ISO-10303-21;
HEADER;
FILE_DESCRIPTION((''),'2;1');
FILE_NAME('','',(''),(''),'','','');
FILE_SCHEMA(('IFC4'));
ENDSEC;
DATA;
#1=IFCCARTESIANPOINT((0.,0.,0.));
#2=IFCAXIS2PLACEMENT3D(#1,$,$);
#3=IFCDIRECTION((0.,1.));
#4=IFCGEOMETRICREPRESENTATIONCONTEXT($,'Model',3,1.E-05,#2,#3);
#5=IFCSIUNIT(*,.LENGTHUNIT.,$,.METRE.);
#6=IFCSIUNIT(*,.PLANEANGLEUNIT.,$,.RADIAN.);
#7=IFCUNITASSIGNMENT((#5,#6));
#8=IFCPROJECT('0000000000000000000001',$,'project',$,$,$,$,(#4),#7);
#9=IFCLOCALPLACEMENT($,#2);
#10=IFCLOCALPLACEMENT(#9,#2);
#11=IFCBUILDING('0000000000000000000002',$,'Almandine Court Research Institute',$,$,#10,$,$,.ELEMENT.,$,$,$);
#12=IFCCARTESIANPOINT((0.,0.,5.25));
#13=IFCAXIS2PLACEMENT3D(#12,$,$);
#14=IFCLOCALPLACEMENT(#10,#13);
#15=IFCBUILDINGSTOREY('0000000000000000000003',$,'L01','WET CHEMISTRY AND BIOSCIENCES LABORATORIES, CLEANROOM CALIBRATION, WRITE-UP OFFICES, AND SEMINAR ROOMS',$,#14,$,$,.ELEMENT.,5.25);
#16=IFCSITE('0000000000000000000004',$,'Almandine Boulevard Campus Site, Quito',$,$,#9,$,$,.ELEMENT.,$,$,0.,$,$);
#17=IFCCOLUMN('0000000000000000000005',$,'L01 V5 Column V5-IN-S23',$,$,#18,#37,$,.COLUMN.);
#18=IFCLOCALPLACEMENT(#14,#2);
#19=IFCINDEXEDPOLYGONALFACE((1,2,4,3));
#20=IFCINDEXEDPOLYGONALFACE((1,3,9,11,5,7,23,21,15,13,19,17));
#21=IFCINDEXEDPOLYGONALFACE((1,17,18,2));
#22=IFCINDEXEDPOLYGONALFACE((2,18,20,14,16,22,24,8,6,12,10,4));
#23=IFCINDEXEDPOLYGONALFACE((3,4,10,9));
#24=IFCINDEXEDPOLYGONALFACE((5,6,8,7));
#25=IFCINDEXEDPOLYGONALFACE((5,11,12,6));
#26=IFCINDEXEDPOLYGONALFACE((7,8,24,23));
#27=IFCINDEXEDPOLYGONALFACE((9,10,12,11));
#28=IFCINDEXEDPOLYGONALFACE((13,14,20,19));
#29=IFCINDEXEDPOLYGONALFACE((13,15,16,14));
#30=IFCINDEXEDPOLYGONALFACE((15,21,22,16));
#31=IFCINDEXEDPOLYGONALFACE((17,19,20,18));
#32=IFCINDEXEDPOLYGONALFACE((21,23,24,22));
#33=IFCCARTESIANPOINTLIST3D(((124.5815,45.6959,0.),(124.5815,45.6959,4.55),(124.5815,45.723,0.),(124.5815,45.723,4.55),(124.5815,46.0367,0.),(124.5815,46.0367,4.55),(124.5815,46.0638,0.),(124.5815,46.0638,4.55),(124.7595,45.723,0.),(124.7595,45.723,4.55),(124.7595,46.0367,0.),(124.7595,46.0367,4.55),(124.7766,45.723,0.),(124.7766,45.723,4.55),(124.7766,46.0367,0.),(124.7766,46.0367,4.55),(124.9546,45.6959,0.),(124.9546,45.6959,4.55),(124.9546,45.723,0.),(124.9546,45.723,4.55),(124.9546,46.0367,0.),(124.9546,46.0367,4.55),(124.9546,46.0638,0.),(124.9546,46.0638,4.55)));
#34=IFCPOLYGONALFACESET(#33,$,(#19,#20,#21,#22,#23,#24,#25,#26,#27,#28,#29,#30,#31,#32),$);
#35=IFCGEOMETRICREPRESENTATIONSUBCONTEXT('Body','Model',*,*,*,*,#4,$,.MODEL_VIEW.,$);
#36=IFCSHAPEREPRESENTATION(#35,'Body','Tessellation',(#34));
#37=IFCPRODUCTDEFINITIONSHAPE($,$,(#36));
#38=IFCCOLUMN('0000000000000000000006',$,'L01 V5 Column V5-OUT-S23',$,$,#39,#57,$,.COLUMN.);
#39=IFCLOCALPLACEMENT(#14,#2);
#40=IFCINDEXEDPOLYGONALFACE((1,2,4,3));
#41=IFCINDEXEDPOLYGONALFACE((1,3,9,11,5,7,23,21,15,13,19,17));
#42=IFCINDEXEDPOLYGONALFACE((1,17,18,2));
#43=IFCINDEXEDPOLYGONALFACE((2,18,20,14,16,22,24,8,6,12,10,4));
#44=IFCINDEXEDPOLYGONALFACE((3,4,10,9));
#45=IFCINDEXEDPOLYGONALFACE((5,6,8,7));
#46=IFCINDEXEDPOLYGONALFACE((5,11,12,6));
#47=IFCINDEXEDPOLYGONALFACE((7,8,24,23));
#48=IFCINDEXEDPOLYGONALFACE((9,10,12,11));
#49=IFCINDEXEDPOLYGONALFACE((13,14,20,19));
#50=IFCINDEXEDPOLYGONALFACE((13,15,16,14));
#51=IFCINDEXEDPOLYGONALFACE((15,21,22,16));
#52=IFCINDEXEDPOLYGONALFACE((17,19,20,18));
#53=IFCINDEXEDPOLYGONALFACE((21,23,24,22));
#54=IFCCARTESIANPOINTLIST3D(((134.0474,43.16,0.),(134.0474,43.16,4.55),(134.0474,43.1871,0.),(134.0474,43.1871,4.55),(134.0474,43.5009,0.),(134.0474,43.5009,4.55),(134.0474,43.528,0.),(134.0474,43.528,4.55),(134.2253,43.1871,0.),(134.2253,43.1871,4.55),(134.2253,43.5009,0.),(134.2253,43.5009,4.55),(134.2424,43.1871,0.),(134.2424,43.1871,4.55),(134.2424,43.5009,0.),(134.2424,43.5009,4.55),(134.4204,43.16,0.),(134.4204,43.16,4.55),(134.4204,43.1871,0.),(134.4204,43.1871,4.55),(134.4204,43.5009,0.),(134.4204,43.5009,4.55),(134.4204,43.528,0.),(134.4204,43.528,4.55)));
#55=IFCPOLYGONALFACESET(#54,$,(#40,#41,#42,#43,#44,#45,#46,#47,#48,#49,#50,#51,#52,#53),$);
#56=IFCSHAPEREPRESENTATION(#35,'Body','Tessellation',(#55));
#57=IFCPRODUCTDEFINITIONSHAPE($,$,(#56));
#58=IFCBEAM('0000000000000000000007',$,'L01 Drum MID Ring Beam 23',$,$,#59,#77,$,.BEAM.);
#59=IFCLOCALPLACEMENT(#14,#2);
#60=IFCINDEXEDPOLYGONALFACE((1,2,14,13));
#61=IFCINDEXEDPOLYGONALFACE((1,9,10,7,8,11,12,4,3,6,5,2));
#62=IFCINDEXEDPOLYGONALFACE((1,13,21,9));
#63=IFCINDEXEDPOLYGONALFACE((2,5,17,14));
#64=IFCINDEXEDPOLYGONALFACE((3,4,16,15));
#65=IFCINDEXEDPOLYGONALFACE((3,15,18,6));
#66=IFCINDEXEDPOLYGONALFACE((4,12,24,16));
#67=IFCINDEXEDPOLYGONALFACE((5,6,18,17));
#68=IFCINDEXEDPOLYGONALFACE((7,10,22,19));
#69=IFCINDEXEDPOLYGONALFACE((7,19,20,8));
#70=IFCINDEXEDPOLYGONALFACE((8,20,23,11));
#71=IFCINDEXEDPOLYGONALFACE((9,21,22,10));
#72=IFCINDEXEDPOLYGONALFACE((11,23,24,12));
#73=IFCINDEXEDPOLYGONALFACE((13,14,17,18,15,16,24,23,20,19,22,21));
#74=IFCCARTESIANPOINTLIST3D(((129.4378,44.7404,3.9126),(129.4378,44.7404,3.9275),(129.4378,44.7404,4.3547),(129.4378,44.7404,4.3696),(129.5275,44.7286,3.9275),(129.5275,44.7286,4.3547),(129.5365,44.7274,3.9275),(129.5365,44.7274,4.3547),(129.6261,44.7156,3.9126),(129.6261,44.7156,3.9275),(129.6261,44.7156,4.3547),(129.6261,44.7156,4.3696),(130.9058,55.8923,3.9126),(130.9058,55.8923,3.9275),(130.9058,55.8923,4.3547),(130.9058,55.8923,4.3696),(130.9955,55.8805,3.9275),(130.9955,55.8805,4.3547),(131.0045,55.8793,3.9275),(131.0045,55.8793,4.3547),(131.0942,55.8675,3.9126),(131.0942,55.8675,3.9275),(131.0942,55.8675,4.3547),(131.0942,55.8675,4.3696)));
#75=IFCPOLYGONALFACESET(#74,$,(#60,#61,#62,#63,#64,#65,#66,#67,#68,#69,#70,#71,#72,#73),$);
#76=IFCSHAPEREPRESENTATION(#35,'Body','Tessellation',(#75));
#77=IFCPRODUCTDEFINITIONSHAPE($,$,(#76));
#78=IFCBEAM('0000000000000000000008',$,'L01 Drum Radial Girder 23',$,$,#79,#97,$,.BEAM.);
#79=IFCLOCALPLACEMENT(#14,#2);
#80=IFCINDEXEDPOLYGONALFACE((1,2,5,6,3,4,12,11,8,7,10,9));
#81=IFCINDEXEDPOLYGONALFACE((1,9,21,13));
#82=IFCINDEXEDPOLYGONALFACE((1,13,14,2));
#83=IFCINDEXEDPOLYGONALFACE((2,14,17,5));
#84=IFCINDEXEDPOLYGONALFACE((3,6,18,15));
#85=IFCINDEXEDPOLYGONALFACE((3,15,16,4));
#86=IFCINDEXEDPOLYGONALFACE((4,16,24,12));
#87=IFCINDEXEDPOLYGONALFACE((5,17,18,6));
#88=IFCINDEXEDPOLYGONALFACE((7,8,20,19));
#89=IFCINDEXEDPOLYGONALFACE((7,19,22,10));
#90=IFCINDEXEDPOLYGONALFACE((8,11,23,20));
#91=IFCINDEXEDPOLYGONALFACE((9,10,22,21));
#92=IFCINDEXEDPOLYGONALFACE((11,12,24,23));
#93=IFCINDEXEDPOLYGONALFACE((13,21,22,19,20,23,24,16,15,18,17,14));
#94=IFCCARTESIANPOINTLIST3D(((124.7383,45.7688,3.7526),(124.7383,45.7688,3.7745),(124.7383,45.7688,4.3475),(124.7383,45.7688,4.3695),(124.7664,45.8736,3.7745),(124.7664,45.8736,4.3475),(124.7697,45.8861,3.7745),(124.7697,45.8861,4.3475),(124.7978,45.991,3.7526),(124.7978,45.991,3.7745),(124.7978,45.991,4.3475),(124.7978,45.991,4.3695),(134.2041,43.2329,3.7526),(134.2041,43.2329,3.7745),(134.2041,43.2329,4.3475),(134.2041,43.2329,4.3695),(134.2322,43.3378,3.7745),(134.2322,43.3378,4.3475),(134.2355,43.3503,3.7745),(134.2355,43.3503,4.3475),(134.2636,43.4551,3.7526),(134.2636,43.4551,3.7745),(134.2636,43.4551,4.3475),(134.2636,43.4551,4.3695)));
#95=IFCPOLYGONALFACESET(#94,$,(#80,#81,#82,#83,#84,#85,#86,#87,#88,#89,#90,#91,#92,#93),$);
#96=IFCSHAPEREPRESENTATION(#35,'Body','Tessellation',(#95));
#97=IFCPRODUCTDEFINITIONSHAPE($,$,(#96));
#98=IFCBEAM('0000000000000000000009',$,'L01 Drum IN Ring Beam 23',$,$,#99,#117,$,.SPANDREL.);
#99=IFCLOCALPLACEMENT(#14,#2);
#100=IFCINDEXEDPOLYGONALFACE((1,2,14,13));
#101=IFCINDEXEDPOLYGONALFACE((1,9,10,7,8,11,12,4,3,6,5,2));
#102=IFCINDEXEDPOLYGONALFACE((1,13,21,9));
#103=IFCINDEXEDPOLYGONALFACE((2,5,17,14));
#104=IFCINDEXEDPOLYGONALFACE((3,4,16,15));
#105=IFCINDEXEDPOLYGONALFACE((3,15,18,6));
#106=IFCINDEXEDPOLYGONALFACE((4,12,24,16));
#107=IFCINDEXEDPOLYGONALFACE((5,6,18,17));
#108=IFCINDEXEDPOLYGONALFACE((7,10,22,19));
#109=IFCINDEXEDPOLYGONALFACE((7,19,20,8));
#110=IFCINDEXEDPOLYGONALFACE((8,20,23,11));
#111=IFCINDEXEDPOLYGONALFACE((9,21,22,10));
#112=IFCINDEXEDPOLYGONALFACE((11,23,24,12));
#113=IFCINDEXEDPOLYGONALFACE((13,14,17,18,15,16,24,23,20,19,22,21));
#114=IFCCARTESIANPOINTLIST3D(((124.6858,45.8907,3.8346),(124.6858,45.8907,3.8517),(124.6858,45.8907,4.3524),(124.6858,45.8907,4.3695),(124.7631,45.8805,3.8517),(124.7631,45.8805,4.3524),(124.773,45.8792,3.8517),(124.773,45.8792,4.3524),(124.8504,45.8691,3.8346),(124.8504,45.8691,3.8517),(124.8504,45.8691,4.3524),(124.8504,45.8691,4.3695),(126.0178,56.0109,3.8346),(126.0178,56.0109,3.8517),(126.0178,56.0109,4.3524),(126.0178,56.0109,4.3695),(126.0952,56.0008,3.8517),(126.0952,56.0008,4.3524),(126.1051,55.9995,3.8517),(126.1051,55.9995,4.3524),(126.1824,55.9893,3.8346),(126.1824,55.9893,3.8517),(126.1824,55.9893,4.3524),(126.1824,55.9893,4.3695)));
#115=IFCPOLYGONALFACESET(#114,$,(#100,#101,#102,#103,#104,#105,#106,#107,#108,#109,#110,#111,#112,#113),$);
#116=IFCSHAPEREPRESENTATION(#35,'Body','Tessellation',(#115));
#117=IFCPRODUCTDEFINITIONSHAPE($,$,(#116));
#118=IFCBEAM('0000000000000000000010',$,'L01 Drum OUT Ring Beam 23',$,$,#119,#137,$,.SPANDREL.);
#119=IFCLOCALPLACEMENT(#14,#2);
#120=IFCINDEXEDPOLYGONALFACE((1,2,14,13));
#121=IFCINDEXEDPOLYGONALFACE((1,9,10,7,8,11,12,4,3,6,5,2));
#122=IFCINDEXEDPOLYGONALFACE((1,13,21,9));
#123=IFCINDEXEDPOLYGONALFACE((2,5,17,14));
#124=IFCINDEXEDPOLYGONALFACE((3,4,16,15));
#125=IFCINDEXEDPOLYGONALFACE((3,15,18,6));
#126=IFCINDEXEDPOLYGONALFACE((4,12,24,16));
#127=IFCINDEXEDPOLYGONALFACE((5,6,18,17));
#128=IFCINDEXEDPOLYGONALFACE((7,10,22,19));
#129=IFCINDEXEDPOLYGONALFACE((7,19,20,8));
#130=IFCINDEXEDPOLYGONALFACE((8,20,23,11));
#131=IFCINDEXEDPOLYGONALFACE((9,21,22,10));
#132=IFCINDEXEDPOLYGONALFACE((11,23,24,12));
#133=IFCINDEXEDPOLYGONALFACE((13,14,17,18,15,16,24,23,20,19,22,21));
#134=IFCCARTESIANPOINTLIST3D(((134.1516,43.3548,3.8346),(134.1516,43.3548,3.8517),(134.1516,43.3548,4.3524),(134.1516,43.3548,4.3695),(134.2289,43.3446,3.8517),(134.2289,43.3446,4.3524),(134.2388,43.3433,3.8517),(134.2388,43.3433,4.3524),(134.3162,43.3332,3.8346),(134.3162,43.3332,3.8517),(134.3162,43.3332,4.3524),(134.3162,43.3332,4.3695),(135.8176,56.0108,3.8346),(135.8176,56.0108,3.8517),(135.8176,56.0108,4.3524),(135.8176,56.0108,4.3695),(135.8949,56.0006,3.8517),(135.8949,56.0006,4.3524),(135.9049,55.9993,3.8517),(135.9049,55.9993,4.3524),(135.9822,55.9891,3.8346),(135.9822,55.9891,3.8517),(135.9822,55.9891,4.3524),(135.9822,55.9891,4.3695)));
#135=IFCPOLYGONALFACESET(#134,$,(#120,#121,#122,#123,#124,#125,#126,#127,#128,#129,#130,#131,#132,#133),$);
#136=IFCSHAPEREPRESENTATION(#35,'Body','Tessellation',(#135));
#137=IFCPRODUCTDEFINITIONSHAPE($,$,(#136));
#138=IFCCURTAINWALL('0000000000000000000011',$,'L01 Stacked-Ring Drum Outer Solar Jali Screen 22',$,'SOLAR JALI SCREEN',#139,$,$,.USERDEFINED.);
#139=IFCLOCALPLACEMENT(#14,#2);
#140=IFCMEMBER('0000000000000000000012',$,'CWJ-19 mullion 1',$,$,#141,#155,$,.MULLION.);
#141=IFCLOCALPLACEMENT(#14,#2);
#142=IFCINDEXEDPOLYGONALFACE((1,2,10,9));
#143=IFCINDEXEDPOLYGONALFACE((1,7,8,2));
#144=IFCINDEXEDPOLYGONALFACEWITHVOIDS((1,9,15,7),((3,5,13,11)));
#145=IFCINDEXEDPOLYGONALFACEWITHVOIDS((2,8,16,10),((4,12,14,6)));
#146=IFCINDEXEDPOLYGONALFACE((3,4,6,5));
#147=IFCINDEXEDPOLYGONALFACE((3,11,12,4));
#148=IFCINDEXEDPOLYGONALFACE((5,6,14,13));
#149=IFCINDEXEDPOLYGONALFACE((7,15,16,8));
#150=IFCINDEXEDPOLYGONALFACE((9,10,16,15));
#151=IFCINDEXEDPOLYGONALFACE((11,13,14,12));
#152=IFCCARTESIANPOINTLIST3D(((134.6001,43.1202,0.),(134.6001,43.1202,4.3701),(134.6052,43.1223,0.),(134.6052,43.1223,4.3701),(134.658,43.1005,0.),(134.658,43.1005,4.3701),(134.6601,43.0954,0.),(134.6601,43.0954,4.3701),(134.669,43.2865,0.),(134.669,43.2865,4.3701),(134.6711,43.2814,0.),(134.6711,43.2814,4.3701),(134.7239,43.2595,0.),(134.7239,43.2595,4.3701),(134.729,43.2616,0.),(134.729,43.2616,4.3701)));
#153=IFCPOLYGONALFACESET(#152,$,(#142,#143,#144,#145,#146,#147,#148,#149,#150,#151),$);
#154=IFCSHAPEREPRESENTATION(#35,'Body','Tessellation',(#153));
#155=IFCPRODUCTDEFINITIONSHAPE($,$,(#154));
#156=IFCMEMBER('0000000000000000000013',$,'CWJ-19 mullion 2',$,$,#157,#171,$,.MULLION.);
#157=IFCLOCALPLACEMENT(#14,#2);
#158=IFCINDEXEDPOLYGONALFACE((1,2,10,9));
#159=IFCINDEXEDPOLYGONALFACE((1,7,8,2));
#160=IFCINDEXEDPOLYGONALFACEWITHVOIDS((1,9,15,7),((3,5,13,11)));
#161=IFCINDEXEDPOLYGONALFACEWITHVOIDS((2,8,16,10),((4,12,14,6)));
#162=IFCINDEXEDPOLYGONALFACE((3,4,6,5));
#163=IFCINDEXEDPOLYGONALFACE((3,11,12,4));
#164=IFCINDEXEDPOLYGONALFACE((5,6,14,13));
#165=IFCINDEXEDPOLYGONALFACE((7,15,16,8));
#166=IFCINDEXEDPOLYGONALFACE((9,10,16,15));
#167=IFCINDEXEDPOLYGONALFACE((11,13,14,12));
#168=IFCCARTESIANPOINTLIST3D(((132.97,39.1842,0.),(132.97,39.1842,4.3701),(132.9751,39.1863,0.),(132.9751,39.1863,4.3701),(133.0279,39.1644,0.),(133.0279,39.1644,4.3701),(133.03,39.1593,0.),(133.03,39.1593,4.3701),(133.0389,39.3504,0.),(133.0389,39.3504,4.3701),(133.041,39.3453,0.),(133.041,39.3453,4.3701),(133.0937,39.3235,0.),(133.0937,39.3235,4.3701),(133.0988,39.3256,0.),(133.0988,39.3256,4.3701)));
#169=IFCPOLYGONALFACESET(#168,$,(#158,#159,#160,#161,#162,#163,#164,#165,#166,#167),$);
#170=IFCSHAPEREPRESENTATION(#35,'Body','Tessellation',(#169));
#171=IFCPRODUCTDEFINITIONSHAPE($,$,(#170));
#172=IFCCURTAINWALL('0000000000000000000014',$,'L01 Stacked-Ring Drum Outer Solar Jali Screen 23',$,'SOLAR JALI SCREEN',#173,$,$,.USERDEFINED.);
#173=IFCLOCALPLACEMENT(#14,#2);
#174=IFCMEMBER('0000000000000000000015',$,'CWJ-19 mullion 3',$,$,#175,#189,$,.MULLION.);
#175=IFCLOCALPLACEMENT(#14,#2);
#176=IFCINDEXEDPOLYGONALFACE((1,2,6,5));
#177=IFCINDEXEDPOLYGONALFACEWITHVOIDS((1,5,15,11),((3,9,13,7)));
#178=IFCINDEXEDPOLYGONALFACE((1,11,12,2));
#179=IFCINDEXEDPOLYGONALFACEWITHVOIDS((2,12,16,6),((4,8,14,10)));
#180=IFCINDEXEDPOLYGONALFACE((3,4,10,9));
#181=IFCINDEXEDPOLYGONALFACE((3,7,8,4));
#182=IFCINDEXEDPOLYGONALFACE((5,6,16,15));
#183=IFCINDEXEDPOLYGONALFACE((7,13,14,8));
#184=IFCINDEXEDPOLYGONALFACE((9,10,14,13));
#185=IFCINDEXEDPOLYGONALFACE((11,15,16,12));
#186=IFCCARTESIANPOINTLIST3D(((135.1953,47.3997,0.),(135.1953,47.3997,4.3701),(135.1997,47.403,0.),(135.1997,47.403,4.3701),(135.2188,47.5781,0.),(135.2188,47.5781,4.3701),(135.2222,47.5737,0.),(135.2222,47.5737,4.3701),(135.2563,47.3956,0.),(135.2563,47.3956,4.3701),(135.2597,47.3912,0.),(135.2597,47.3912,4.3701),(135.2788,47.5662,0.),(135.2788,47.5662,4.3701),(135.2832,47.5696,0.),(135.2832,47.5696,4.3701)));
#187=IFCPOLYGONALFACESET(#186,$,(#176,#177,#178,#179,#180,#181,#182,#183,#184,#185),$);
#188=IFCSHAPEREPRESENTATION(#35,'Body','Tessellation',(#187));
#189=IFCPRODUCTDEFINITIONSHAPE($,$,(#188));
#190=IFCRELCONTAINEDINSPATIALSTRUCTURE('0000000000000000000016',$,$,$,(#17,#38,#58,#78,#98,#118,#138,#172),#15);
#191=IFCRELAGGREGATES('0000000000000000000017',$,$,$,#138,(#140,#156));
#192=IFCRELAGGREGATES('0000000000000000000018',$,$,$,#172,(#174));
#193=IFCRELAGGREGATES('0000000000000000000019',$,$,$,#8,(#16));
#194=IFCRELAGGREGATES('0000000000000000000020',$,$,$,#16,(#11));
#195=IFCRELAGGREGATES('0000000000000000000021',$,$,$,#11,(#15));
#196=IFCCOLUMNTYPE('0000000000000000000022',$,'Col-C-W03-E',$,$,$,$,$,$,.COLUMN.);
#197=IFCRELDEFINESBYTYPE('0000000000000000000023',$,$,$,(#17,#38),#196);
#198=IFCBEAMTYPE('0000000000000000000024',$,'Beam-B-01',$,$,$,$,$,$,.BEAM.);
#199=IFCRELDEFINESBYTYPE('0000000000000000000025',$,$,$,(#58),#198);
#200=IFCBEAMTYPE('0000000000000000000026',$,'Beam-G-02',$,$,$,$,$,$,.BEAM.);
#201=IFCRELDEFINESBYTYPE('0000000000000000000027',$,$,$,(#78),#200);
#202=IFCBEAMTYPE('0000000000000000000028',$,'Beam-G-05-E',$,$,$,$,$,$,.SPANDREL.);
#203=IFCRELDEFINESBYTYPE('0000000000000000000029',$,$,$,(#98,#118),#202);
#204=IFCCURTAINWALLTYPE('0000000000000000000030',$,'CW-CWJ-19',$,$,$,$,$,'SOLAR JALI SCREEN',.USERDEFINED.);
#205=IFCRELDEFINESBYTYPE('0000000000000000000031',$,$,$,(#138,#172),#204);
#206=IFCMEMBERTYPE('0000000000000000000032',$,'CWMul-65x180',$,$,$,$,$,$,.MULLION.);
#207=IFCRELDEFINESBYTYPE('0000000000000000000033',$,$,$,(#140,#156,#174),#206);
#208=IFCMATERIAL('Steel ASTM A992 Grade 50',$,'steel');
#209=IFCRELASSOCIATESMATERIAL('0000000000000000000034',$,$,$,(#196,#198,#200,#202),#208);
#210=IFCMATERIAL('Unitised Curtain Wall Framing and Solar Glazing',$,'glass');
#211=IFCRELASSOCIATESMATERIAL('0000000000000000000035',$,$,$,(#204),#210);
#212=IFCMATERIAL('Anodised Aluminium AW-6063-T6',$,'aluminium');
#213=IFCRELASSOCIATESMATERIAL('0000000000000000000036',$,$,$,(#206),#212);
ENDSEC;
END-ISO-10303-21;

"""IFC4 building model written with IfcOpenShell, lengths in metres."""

from ifc_helpers import new_model, si_unit, direction, frame, origin, origin_2d, place, context, subcontext, project, spatial, hollow_rectangle, i_section, extrude, material, material_profile, profile_set, type_object, element, aggregate, save


model = new_model("IFC4")

# Units and contexts
model_context = context("Model", 3, precision=1e-05, world=origin(), true_north=direction((0.0, 1.0)))
body_context = subcontext(model_context, "Body", "Model", "MODEL_VIEW")
ifc_project = project(units=[si_unit("LENGTHUNIT", "METRE"), si_unit("PLANEANGLEUNIT", "RADIAN")], contexts=[model_context])

# Site, building, storey
site_placement = place(None, origin())
site = spatial("IfcSite", under=ifc_project, at=site_placement, Name="Almandine Boulevard Campus Site, Quito", CompositionType="ELEMENT", RefElevation=0.0)
building_placement = place(site_placement, origin())
building = spatial("IfcBuilding", under=site, at=building_placement, Name="Almandine Court Research Institute", CompositionType="ELEMENT")
storey_placement = place(building_placement, frame((0.0, 0.0, 5.25)))
storey = spatial("IfcBuildingStorey", under=building, at=storey_placement, Name="L01", Description="WET CHEMISTRY AND BIOSCIENCES LABORATORIES, CLEANROOM CALIBRATION, WRITE-UP OFFICES, AND SEMINAR ROOMS", CompositionType="ELEMENT", Elevation=5.25)

# Columns
ifc_material_1 = material(Name="Steel ASTM A992 Grade 50", Category="steel")
ifc_material_profile_1 = material_profile(ifc_material_1, i_section(OverallWidth=0.373, OverallDepth=0.3679, WebThickness=0.0171, FlangeThickness=0.0271, at=origin_2d()), Name="W360x179")
ifc_profile_set_1 = profile_set([ifc_material_profile_1], Name="Steel ASTM A992 Grade 50")
column_type = type_object("IfcColumnType", Name="Col-C-W03-E", PredefinedType="COLUMN", material=ifc_profile_set_1)
for number, where, z_axis, x_axis, name in (
    (1, (124.7681, 45.8799, 0.0), (0.0, 0.0, 1.0), (1.0, 0.0, 0.0), "L01 V5 Column V5-IN-S23"),
    (2, (134.2339, 43.344, 0.0), (0.0, 0.0, 1.0), (1.0, 0.0, 0.0), "L01 V5 Column V5-OUT-S23"),
):
    element("IfcColumn", number, at=place(storey_placement, frame(where, z_axis=z_axis, x_axis=x_axis)), inside=storey, type_object=column_type, Name=name, PredefinedType="COLUMN", context=body_context, shape_type="SweptSolid", body=[
        extrude(i_section(OverallWidth=0.373, OverallDepth=0.3679, WebThickness=0.0171, FlangeThickness=0.0271, at=origin_2d()), origin(), (0.0, 0.0, 1.0), 4.55),
    ])

# Beams
ifc_material_profile_2 = material_profile(ifc_material_1, i_section(OverallWidth=0.1899, OverallDepth=0.457, WebThickness=0.009, FlangeThickness=0.0149, at=origin_2d()), Name="W460x74")
ifc_profile_set_2 = profile_set([ifc_material_profile_2], Name="Steel ASTM A992 Grade 50")
beam_type_1 = type_object("IfcBeamType", Name="Beam-B-01", PredefinedType="BEAM", material=ifc_profile_set_2)
beam_1_placement = place(storey_placement, frame((129.532, 44.728, 4.1411), z_axis=(0.130513, 0.991447, 0.0), x_axis=(-0.991447, 0.130513, 0.0)))
element("IfcBeam", 3, at=beam_1_placement, inside=storey, type_object=beam_type_1, Name="L01 Drum MID Ring Beam 23", PredefinedType="BEAM", context=body_context, shape_type="SweptSolid", body=[
    extrude(i_section(OverallWidth=0.1899, OverallDepth=0.457, WebThickness=0.009, FlangeThickness=0.0149, at=origin_2d()), origin(), (0.0, 0.0, 1.0), 11.248),
])
ifc_material_profile_3 = material_profile(ifc_material_1, i_section(OverallWidth=0.23, OverallDepth=0.6169, WebThickness=0.0129, FlangeThickness=0.022, at=origin_2d()), Name="W610x140")
ifc_profile_set_3 = profile_set([ifc_material_profile_3], Name="Steel ASTM A992 Grade 50")
beam_type_2 = type_object("IfcBeamType", Name="Beam-G-02", PredefinedType="BEAM", material=ifc_profile_set_3)
beam_2_placement = place(storey_placement, frame((124.7681, 45.8799, 4.061), z_axis=(0.965938, -0.258774, 0.0), x_axis=(0.258774, 0.965938, 0.0)))
element("IfcBeam", 4, at=beam_2_placement, inside=storey, type_object=beam_type_2, Name="L01 Drum Radial Girder 23", PredefinedType="BEAM", context=body_context, shape_type="SweptSolid", body=[
    extrude(i_section(OverallWidth=0.23, OverallDepth=0.6169, WebThickness=0.0129, FlangeThickness=0.022, at=origin_2d()), origin(), (0.0, 0.0, 1.0), 9.7996),
])
ifc_material_profile_4 = material_profile(ifc_material_1, i_section(OverallWidth=0.166, OverallDepth=0.5349, WebThickness=0.01, FlangeThickness=0.0171, at=origin_2d()), Name="W530x85")
ifc_profile_set_4 = profile_set([ifc_material_profile_4], Name="Steel ASTM A992 Grade 50")
beam_type_3 = type_object("IfcBeamType", Name="Beam-G-05-E", PredefinedType="SPANDREL", material=ifc_profile_set_4)
beam_3_placement = place(storey_placement, frame((124.7681, 45.8799, 4.1021), z_axis=(0.130497, 0.991449, 0.0), x_axis=(-0.991449, 0.130497, 0.0)))
element("IfcBeam", 5, at=beam_3_placement, inside=storey, type_object=beam_type_3, Name="L01 Drum IN Ring Beam 23", PredefinedType="SPANDREL", context=body_context, shape_type="SweptSolid", body=[
    extrude(i_section(OverallWidth=0.166, OverallDepth=0.5349, WebThickness=0.01, FlangeThickness=0.0171, at=origin_2d()), origin(), (0.0, 0.0, 1.0), 10.2075),
])
beam_4_placement = place(storey_placement, frame((134.2339, 43.344, 4.1021), z_axis=(0.130512, 0.991447, 0.0), x_axis=(-0.991447, 0.130512, 0.0)))
element("IfcBeam", 6, at=beam_4_placement, inside=storey, type_object=beam_type_3, Name="L01 Drum OUT Ring Beam 23", PredefinedType="SPANDREL", context=body_context, shape_type="SweptSolid", body=[
    extrude(i_section(OverallWidth=0.166, OverallDepth=0.5349, WebThickness=0.01, FlangeThickness=0.0171, at=origin_2d()), origin(), (0.0, 0.0, 1.0), 12.7651),
])

# Curtain walls, members
ifc_material_2 = material(Name="Unitised Curtain Wall Framing and Solar Glazing", Category="glass")
curtain_wall_type = type_object("IfcCurtainWallType", Name="CW-CWJ-19", ElementType="SOLAR JALI SCREEN", PredefinedType="USERDEFINED", material=ifc_material_2)
curtain_wall_1_placement = place(storey_placement, origin())
curtain_wall_1 = element("IfcCurtainWall", 7, at=curtain_wall_1_placement, inside=storey, type_object=curtain_wall_type, Name="L01 Stacked-Ring Drum Outer Solar Jali Screen 22", ObjectType="SOLAR JALI SCREEN", PredefinedType="USERDEFINED")
ifc_material_3 = material(Name="Anodised Aluminium AW-6063-T6", Category="aluminium")
ifc_material_profile_5 = material_profile(ifc_material_3, hollow_rectangle(XDim=0.0649, YDim=0.1799, WallThickness=0.0039, at=origin_2d()), Name="ALU RHS 65x180x4")
ifc_profile_set_5 = profile_set([ifc_material_profile_5], Name="Anodised Aluminium AW-6063-T6")
member_type_1 = type_object("IfcMemberType", Name="CWMul-65x180", PredefinedType="MULLION", material=ifc_profile_set_5)
member_1_placement = place(storey_placement, frame((134.6646, 43.1909, 0.0), z_axis=(0.0, 0.0, 1.0), x_axis=(0.923888, -0.382663, 0.0)))
member_1 = element("IfcMember", 8, at=member_1_placement, type_object=member_type_1, Name="CWJ-19 mullion 1", PredefinedType="MULLION", context=body_context, shape_type="SweptSolid", body=[
    extrude(hollow_rectangle(XDim=0.0649, YDim=0.1799, WallThickness=0.0039, at=origin_2d()), origin(), (0.0, 0.0, 1.0), 4.3701),
])
member_2_placement = place(storey_placement, frame((133.0344, 39.2549, 0.0), z_axis=(0.0, 0.0, 1.0), x_axis=(0.923888, -0.382663, 0.0)))
member_2 = element("IfcMember", 9, at=member_2_placement, type_object=member_type_1, Name="CWJ-19 mullion 2", PredefinedType="MULLION", context=body_context, shape_type="SweptSolid", body=[
    extrude(hollow_rectangle(XDim=0.0649, YDim=0.1799, WallThickness=0.0039, at=origin_2d()), origin(), (0.0, 0.0, 1.0), 4.3701),
])
curtain_wall_2_placement = place(storey_placement, origin())
curtain_wall_2 = element("IfcCurtainWall", 10, at=curtain_wall_2_placement, inside=storey, type_object=curtain_wall_type, Name="L01 Stacked-Ring Drum Outer Solar Jali Screen 23", ObjectType="SOLAR JALI SCREEN", PredefinedType="USERDEFINED")
member_3_placement = place(storey_placement, frame((135.2393, 47.4846, 0.0), z_axis=(0.0, 0.0, 1.0), x_axis=(0.991443, -0.130541, 0.0)))
member_3 = element("IfcMember", 11, at=member_3_placement, type_object=member_type_1, Name="CWJ-19 mullion 3", PredefinedType="MULLION", context=body_context, shape_type="SweptSolid", body=[
    extrude(hollow_rectangle(XDim=0.0649, YDim=0.1799, WallThickness=0.0039, at=origin_2d()), origin(), (0.0, 0.0, 1.0), 4.3701),
])

aggregate(curtain_wall_1, [member_1, member_2])
aggregate(curtain_wall_2, [member_3])

save(model, "model.ifc")
